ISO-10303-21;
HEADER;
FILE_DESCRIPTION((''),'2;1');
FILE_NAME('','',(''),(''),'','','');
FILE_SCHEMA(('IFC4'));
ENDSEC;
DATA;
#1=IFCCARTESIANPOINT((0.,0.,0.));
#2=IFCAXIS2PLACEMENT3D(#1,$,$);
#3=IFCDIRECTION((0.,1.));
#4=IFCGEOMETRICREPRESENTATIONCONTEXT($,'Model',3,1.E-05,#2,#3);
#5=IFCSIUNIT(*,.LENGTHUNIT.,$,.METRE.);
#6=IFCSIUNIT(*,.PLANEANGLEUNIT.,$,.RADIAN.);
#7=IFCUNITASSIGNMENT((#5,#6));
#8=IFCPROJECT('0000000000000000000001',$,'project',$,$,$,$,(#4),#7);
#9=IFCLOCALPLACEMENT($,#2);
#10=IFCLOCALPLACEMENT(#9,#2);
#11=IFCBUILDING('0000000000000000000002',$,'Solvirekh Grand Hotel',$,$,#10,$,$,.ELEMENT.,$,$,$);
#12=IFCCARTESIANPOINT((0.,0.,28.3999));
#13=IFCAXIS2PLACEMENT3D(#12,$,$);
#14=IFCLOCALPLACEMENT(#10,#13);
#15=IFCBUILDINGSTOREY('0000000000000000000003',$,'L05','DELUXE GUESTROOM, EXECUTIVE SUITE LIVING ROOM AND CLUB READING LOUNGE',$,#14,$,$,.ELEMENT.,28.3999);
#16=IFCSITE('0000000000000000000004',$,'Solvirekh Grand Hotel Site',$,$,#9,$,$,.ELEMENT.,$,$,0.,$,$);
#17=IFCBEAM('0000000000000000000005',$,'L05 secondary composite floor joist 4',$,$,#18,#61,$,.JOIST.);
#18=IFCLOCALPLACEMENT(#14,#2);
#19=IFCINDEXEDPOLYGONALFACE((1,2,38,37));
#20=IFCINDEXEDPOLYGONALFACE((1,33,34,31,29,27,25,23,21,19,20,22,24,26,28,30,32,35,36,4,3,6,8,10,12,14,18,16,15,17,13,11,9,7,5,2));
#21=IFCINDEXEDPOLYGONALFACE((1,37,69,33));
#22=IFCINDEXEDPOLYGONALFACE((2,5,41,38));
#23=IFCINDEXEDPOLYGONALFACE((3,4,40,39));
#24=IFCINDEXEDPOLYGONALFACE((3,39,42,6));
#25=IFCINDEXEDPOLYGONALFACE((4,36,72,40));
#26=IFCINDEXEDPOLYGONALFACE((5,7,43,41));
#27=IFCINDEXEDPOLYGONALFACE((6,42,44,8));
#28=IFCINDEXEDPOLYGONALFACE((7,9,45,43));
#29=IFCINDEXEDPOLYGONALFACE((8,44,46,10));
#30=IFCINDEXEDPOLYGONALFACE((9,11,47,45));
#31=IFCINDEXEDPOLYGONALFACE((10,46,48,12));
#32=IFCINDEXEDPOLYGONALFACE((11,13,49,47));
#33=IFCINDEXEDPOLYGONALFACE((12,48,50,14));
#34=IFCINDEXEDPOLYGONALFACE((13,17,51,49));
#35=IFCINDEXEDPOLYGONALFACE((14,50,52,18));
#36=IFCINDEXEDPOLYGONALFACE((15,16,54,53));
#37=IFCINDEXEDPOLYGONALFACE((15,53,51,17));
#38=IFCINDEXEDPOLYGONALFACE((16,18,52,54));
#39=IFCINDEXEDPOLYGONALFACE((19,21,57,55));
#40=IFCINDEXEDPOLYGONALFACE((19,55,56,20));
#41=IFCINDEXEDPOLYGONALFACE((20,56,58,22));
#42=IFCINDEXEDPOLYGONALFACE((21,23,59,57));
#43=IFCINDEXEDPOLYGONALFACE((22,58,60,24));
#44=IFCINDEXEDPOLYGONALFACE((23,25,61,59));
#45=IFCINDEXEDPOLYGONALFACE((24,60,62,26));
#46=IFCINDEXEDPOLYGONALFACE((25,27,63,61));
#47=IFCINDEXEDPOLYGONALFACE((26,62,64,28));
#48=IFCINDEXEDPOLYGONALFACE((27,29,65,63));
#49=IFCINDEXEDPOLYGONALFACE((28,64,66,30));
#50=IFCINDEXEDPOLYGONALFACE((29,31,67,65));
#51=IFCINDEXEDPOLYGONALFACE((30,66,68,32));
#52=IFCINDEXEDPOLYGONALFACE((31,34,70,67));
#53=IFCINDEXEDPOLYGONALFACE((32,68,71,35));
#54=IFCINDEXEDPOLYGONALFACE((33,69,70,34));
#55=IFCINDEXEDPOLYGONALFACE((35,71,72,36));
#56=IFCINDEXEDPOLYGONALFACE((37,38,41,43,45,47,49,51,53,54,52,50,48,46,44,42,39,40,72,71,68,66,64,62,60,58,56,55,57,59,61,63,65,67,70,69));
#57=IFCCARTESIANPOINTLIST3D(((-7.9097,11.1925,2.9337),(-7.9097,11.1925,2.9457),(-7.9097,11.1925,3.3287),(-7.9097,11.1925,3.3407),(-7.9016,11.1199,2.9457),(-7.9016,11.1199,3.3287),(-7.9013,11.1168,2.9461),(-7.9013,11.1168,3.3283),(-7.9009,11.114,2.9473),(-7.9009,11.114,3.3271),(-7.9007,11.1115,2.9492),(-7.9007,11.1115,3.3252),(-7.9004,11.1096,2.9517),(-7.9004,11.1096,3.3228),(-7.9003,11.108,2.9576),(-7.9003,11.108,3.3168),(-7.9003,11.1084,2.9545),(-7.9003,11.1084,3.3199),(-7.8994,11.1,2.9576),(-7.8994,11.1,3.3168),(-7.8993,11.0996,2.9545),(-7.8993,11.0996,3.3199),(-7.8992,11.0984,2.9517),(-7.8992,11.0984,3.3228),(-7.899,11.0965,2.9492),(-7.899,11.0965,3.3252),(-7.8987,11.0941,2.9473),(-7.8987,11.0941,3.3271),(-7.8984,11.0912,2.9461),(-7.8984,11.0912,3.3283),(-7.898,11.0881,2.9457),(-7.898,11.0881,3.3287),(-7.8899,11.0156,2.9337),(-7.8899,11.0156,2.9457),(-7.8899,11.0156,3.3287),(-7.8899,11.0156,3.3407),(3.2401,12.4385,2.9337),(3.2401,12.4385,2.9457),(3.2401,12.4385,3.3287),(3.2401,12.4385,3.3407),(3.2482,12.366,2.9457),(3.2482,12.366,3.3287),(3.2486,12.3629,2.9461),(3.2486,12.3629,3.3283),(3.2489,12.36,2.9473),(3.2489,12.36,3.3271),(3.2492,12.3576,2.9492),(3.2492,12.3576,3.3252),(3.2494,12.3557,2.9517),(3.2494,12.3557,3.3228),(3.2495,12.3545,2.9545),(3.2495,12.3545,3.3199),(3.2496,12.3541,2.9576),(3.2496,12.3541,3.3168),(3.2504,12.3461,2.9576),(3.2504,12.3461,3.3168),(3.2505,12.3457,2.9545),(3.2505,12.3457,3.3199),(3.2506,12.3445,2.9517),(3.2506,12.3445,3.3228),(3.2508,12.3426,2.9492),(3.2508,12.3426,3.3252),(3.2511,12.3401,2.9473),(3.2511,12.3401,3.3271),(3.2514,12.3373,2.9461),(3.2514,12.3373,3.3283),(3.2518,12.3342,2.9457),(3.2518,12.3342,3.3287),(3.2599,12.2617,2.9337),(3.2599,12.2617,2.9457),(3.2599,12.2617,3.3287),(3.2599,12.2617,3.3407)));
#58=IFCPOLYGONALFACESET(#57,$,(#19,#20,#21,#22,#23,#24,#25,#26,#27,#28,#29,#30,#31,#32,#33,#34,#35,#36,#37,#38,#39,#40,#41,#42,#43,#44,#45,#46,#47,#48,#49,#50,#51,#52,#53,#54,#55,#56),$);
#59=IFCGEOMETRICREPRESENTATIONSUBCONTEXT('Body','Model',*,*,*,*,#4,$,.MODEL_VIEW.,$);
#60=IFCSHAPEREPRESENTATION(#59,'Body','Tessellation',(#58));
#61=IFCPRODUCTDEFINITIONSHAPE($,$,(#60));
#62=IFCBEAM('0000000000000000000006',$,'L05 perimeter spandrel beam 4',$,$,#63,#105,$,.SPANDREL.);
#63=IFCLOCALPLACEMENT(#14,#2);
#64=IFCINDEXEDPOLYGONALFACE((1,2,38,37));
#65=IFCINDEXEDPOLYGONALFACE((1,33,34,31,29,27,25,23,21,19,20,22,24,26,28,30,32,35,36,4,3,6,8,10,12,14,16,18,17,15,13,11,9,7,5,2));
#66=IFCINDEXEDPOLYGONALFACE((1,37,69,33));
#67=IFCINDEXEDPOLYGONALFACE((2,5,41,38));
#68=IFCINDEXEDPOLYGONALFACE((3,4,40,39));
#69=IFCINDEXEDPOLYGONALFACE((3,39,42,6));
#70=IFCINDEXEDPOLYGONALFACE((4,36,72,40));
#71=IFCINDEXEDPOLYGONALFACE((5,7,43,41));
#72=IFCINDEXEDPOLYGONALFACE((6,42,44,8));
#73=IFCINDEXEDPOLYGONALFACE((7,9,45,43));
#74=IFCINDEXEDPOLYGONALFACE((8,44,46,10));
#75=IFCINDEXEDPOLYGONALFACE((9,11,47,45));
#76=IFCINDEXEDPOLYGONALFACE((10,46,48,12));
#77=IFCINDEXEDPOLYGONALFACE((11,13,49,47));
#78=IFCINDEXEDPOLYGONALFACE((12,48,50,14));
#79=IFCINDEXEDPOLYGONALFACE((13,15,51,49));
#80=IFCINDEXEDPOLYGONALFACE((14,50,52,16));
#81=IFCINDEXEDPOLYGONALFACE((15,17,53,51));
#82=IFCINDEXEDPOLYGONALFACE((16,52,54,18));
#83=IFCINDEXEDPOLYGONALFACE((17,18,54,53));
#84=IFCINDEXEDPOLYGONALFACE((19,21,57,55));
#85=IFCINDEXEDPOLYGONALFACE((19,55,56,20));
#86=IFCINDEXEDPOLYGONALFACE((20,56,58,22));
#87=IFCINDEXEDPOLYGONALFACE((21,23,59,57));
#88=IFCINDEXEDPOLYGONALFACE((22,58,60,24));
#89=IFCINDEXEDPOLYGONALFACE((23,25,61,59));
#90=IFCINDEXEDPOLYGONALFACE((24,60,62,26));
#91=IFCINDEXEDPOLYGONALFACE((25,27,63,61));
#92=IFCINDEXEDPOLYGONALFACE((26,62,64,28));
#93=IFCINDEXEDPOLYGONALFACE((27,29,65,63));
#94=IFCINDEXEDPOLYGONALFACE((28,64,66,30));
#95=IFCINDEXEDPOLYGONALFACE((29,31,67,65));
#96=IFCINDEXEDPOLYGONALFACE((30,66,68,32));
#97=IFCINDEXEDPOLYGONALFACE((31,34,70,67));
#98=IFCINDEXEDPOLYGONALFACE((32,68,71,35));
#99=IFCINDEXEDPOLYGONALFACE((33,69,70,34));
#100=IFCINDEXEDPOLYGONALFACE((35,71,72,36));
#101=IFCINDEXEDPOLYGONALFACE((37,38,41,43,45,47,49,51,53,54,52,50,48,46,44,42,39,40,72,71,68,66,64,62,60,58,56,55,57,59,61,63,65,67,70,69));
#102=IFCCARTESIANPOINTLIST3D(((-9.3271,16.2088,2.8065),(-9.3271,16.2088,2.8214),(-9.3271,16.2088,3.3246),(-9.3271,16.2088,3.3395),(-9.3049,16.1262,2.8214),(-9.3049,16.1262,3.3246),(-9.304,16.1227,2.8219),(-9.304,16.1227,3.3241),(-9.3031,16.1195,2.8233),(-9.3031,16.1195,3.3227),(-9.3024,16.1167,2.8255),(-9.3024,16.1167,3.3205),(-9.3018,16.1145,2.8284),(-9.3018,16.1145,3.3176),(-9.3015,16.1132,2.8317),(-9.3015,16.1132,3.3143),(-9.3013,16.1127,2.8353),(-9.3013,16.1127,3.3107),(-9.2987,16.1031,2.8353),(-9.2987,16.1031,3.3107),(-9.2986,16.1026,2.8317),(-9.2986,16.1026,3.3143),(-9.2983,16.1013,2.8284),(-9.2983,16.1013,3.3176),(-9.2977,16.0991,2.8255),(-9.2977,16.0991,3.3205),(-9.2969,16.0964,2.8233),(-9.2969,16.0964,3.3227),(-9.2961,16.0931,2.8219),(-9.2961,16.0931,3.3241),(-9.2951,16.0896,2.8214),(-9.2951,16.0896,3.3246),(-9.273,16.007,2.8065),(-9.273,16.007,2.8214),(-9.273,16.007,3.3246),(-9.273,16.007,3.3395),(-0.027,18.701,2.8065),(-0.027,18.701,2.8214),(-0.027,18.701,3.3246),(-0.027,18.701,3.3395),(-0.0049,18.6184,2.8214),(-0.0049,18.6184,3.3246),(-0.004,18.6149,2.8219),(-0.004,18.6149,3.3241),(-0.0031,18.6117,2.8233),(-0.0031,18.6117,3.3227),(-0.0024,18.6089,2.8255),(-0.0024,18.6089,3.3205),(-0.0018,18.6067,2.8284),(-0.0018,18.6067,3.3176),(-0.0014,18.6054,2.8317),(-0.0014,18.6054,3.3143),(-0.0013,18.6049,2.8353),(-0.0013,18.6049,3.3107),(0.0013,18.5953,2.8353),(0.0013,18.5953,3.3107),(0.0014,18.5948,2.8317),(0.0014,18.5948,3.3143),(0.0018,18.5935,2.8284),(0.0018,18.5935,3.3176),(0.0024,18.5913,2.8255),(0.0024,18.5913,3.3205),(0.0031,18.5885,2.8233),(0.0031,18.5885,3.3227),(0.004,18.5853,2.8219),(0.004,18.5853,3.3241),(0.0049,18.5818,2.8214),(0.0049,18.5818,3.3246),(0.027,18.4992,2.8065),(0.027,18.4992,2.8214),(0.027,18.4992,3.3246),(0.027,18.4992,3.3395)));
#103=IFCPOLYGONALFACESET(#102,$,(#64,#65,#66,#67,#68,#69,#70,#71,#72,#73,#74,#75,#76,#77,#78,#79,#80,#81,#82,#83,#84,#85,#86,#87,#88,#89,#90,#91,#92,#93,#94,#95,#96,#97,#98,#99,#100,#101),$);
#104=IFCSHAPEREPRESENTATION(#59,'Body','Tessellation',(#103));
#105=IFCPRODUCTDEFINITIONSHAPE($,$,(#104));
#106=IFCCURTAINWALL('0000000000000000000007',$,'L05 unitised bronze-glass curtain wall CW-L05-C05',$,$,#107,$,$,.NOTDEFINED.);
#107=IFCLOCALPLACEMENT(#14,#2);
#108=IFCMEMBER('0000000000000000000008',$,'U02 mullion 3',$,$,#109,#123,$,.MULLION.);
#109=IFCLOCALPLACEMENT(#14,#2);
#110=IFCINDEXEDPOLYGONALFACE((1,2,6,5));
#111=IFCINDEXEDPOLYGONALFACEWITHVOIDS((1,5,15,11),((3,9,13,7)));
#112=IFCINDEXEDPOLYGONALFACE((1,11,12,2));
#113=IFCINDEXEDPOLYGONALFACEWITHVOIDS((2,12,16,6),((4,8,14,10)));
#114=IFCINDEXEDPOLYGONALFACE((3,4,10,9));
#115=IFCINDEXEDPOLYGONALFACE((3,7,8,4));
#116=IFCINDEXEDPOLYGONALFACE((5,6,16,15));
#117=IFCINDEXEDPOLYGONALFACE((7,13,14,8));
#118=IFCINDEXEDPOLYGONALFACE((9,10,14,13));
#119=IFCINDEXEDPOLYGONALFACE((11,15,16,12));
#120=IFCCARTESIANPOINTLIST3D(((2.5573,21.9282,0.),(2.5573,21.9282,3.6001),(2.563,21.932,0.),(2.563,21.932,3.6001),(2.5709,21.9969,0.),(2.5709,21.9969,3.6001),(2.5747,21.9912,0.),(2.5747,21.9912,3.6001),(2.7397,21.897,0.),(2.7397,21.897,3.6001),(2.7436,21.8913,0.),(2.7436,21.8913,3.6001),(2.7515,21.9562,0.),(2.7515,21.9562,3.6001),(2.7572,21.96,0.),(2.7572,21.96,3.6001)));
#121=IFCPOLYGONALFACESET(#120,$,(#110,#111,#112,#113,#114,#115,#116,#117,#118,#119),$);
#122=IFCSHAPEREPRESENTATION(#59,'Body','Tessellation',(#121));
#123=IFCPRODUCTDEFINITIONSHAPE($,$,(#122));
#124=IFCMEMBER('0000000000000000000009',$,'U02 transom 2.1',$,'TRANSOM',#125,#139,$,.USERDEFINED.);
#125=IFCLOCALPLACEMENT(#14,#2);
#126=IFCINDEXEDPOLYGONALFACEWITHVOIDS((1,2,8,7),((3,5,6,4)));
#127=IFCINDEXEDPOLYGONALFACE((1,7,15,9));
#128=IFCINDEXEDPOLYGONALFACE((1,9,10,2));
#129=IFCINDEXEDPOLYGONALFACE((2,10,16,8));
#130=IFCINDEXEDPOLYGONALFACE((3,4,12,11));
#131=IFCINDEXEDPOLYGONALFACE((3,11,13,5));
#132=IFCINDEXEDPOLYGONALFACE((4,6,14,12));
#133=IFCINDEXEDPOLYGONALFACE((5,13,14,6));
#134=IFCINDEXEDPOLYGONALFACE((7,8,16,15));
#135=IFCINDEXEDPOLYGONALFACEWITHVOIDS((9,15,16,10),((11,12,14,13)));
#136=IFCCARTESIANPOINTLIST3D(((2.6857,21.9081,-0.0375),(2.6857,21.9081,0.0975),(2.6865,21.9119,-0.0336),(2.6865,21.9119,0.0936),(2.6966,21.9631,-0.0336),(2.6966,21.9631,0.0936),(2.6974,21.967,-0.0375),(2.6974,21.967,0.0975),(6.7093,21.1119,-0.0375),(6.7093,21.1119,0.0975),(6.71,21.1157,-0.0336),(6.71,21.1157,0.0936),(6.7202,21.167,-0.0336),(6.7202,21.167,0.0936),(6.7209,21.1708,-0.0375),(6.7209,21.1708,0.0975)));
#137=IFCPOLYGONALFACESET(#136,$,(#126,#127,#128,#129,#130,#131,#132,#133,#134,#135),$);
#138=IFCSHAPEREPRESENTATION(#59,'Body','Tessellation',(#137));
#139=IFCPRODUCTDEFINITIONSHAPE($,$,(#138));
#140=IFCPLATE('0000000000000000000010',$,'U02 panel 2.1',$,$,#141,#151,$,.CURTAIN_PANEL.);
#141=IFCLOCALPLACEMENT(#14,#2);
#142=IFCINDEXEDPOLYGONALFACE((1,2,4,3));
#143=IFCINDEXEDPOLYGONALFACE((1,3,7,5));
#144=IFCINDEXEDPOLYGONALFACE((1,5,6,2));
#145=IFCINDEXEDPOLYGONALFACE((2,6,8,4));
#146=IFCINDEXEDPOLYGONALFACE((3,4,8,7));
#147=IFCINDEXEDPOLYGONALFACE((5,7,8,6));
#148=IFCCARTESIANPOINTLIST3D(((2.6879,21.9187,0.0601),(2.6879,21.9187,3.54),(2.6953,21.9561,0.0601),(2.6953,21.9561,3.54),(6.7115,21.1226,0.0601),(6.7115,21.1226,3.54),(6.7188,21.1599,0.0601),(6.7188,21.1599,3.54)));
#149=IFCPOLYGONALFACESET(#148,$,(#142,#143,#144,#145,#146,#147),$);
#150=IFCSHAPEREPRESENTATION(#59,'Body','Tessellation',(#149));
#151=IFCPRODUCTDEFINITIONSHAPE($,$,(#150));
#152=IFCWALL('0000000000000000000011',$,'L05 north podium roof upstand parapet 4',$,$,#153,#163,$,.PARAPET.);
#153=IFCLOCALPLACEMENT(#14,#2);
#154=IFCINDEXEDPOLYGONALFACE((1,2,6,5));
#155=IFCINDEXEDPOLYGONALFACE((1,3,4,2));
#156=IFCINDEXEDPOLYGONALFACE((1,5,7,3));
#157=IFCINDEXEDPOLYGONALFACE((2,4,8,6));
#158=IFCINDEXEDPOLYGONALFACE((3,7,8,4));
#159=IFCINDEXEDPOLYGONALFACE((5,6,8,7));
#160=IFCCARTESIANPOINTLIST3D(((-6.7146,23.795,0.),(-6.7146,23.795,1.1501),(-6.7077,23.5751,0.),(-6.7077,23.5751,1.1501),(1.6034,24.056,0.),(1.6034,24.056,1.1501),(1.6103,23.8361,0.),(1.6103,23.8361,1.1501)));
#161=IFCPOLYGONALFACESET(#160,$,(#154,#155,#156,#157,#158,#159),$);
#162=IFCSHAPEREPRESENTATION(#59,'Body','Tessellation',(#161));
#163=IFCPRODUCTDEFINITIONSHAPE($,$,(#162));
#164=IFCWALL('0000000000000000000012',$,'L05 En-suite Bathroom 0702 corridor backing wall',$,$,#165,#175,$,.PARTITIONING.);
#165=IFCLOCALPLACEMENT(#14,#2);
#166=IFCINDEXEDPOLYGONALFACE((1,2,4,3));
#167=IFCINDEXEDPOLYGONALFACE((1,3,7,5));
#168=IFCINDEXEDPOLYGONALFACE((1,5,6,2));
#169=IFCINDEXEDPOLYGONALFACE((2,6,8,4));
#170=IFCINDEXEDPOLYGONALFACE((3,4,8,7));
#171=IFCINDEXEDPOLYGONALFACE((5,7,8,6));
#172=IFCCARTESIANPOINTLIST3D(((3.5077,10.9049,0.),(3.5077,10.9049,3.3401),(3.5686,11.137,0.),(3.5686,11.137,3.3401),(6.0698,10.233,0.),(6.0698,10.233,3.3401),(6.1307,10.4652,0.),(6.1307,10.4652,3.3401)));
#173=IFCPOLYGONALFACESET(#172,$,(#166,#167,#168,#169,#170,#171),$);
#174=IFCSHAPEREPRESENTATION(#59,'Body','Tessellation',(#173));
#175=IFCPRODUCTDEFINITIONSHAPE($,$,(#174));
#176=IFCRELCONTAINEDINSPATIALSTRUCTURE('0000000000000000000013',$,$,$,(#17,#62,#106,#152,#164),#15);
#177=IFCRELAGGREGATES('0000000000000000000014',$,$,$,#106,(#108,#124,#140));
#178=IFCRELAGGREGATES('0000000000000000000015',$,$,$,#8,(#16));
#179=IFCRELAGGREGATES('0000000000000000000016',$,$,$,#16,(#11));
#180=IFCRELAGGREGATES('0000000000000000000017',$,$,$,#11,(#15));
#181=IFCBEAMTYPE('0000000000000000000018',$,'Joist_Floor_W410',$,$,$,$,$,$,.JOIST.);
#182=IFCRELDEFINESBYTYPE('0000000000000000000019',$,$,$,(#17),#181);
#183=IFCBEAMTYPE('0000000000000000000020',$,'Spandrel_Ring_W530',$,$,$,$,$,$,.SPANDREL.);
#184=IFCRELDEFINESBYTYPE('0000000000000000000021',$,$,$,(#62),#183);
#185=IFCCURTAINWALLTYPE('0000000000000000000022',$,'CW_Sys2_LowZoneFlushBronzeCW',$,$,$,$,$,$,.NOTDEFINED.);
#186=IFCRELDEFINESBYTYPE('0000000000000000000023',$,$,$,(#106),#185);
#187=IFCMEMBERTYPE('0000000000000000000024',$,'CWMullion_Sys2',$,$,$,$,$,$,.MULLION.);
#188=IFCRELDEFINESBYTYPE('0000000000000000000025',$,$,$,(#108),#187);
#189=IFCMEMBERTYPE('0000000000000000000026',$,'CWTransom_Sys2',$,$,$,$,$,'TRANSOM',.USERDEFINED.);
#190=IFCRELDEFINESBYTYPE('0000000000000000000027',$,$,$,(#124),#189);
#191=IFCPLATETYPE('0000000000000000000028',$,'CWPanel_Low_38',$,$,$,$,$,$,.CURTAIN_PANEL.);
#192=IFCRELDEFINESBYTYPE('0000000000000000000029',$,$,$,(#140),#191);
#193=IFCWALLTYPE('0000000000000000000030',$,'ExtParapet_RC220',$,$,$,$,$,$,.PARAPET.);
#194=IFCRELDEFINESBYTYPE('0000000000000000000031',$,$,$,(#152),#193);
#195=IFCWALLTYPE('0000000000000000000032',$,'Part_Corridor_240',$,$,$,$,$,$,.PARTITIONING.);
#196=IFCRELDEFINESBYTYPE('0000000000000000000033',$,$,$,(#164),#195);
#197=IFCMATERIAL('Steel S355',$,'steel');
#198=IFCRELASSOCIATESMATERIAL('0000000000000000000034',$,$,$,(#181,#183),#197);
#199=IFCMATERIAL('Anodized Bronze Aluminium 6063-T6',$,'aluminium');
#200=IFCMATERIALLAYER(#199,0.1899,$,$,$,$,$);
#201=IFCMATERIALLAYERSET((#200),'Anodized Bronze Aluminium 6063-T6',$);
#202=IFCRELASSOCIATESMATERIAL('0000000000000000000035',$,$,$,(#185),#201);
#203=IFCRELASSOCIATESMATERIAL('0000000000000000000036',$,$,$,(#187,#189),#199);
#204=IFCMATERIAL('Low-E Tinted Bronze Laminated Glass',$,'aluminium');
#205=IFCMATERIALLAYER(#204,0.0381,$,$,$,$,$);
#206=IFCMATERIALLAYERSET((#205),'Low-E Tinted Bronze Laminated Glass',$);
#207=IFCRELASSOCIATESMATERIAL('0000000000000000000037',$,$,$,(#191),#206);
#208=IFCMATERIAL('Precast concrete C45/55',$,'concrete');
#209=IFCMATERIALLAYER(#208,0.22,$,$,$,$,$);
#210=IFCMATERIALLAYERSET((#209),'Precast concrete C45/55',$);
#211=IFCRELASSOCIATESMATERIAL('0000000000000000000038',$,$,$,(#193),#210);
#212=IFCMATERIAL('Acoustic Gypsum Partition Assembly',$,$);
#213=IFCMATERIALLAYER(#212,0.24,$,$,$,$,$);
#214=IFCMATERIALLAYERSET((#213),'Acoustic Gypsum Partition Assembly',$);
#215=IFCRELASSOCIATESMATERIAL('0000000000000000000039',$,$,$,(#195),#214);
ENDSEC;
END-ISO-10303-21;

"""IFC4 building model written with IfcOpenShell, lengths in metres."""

from ifc_helpers import new_model, si_unit, direction, frame, frame_2d, origin, origin_2d, place, context, subcontext, project, spatial, rectangle, hollow_rectangle, i_section, extrude, source, transform, mapped, material, layer, layer_set, material_profile, profile_set, type_object, element, aggregate, save


model = new_model("IFC4")

# Units and contexts
model_context = context("Model", 3, precision=1e-05, world=origin(), true_north=direction((0.0, 1.0)))
body_context = subcontext(model_context, "Body", "Model", "MODEL_VIEW")
ifc_project = project(units=[si_unit("LENGTHUNIT", "METRE"), si_unit("PLANEANGLEUNIT", "RADIAN")], contexts=[model_context])

# Site, building, storey
site_placement = place(None, origin())
site = spatial("IfcSite", under=ifc_project, at=site_placement, Name="Solvirekh Grand Hotel Site", CompositionType="ELEMENT", RefElevation=0.0)
building_placement = place(site_placement, origin())
building = spatial("IfcBuilding", under=site, at=building_placement, Name="Solvirekh Grand Hotel", CompositionType="ELEMENT")
storey_placement = place(building_placement, frame((0.0, 0.0, 28.3999)))
storey = spatial("IfcBuildingStorey", under=building, at=storey_placement, Name="L05", Description="DELUXE GUESTROOM, EXECUTIVE SUITE LIVING ROOM AND CLUB READING LOUNGE", CompositionType="ELEMENT", Elevation=28.3999)

# Beams
ifc_material_1 = material(Name="Steel S355", Category="steel")
ifc_material_profile_1 = material_profile(ifc_material_1, i_section(OverallWidth=0.178, OverallDepth=0.407, WebThickness=0.0081, FlangeThickness=0.012, FilletRadius=0.012, at=origin_2d()), Name="W410X60")
ifc_profile_set_1 = profile_set([ifc_material_profile_1], Name="Steel S355")
beam_type_1 = type_object("IfcBeamType", Name="Joist_Floor_W410", PredefinedType="JOIST", material=ifc_profile_set_1)
beam_1_placement = place(storey_placement, frame((3.25, 12.3501, 3.1372), z_axis=(-0.993813, -0.111067, 0.0), x_axis=(0.111067, -0.993813, 0.0)))
element("IfcBeam", 1, at=beam_1_placement, inside=storey, type_object=beam_type_1, Name="L05 secondary composite floor joist 4", PredefinedType="JOIST", context=body_context, shape_type="SweptSolid", body=[
    extrude(i_section(OverallWidth=0.178, OverallDepth=0.407, WebThickness=0.0081, FlangeThickness=0.012, FilletRadius=0.012, at=origin_2d()), origin(), (0.0, 0.0, 1.0), 11.2192),
])
ifc_material_profile_2 = material_profile(ifc_material_1, i_section(OverallWidth=0.209, OverallDepth=0.533, WebThickness=0.01, FlangeThickness=0.0149, FilletRadius=0.0139, at=origin_2d()), Name="W530X92")
ifc_profile_set_2 = profile_set([ifc_material_profile_2], Name="Steel S355")
beam_type_2 = type_object("IfcBeamType", Name="Spandrel_Ring_W530", PredefinedType="SPANDREL", material=ifc_profile_set_2)
beam_2_placement = place(storey_placement, frame((0.0, 18.6001, 3.073), z_axis=(-0.965919, -0.258843, 0.0), x_axis=(0.258843, -0.965919, 0.0)))
element("IfcBeam", 2, at=beam_2_placement, inside=storey, type_object=beam_type_2, Name="L05 perimeter spandrel beam 4", PredefinedType="SPANDREL", context=body_context, shape_type="SweptSolid", body=[
    extrude(i_section(OverallWidth=0.209, OverallDepth=0.533, WebThickness=0.01, FlangeThickness=0.0149, FilletRadius=0.0139, at=origin_2d()), origin(), (0.0, 0.0, 1.0), 9.6282),
])

# Curtain wall, members, plate
ifc_material_2 = material(Name="Anodized Bronze Aluminium 6063-T6", Category="aluminium")
ifc_layer_1 = layer(ifc_material_2, 0.1899)
ifc_layer_set_1 = layer_set([ifc_layer_1], Name="Anodized Bronze Aluminium 6063-T6")
curtain_wall_type = type_object("IfcCurtainWallType", Name="CW_Sys2_LowZoneFlushBronzeCW", PredefinedType="NOTDEFINED", material=ifc_layer_set_1)
curtain_wall_placement = place(storey_placement, origin())
curtain_wall = element("IfcCurtainWall", 3, at=curtain_wall_placement, inside=storey, type_object=curtain_wall_type, Name="L05 unitised bronze-glass curtain wall CW-L05-C05", PredefinedType="NOTDEFINED")
ifc_material_profile_3 = material_profile(ifc_material_2, hollow_rectangle(XDim=0.0701, YDim=0.1899, WallThickness=0.0049, at=origin_2d()), Name="ALU RHS 190X70X5")
ifc_profile_set_3 = profile_set([ifc_material_profile_3], Name="Anodized Bronze Aluminium 6063-T6")
member_type_1 = type_object("IfcMemberType", Name="CWMullion_Sys2", PredefinedType="MULLION", material=ifc_profile_set_3)
shared_shape_1 = source(origin(), body_context, "Body", "SweptSolid", [
    extrude(hollow_rectangle(XDim=0.0701, YDim=0.1899, WallThickness=0.0049, at=origin_2d()), origin(), (0.0, 0.0, 1.0), 3.6001),
])
member_1_placement = place(storey_placement, frame((2.6572, 21.9441, 0.0), z_axis=(0.0, 0.0, 1.0), x_axis=(-0.194104, -0.980981, 0.0)))
member_1 = element("IfcMember", 4, at=member_1_placement, type_object=member_type_1, Name="U02 mullion 3", PredefinedType="MULLION", context=body_context, shape_type="MappedRepresentation", body=[
    mapped(shared_shape_1, transform((0.0, 0.0, 0.0), x_axis=(1.0, 0.0, 0.0), y_axis=(0.0, 1.0, 0.0), z_axis=(0.0, 0.0, 1.0), scale=1.0)),
])
ifc_material_profile_4 = material_profile(ifc_material_2, hollow_rectangle(XDim=0.0601, YDim=0.135, WallThickness=0.0039, at=origin_2d()), Name="ALU RHS 135X60X4")
ifc_profile_set_4 = profile_set([ifc_material_profile_4], Name="Anodized Bronze Aluminium 6063-T6")
member_type_2 = type_object("IfcMemberType", Name="CWTransom_Sys2", ElementType="TRANSOM", PredefinedType="USERDEFINED", material=ifc_profile_set_4)
shared_shape_2 = source(origin(), body_context, "Body", "SweptSolid", [
    extrude(hollow_rectangle(XDim=0.0601, YDim=0.135, WallThickness=0.0039, at=origin_2d()), origin(), (0.0, 0.0, 1.0), 4.1016),
])
member_2_placement = place(storey_placement, frame((6.7151, 21.1414, 0.03), z_axis=(-0.980979, 0.194112, 0.0), x_axis=(-0.194112, -0.980979, 0.0)))
member_2 = element("IfcMember", 5, at=member_2_placement, type_object=member_type_2, Name="U02 transom 2.1", ObjectType="TRANSOM", PredefinedType="USERDEFINED", context=body_context, shape_type="MappedRepresentation", body=[
    mapped(shared_shape_2, transform((0.0, 0.0, 0.0), x_axis=(1.0, 0.0, 0.0), y_axis=(0.0, 1.0, 0.0), z_axis=(0.0, 0.0, 1.0), scale=1.0)),
])
ifc_material_3 = material(Name="Low-E Tinted Bronze Laminated Glass", Category="aluminium")
ifc_layer_2 = layer(ifc_material_3, 0.0381)
ifc_layer_set_2 = layer_set([ifc_layer_2], Name="Low-E Tinted Bronze Laminated Glass")
plate_type = type_object("IfcPlateType", Name="CWPanel_Low_38", PredefinedType="CURTAIN_PANEL", material=ifc_layer_set_2)
shared_shape_3 = source(origin(), body_context, "Body", "SweptSolid", [
    extrude(rectangle(XDim=4.1016, YDim=0.0381, at=origin_2d()), origin(), (0.0, 0.0, 1.0), 3.48),
])
plate_placement = place(storey_placement, frame((4.7034, 21.5393, 0.0601), z_axis=(0.0, 0.0, 1.0), x_axis=(-0.980981, 0.194104, 0.0)))
plate = element("IfcPlate", 6, at=plate_placement, type_object=plate_type, Name="U02 panel 2.1", PredefinedType="CURTAIN_PANEL", context=body_context, shape_type="MappedRepresentation", body=[
    mapped(shared_shape_3, transform((0.0, 0.0, 0.0), x_axis=(1.0, 0.0, 0.0), y_axis=(0.0, 1.0, 0.0), z_axis=(0.0, 0.0, 1.0), scale=1.0)),
])
aggregate(curtain_wall, [member_1, member_2, plate])

# Walls
ifc_material_4 = material(Name="Precast concrete C45/55", Category="concrete")
ifc_layer_3 = layer(ifc_material_4, 0.22)
ifc_layer_set_3 = layer_set([ifc_layer_3], Name="Precast concrete C45/55")
wall_type_1 = type_object("IfcWallType", Name="ExtParapet_RC220", PredefinedType="PARAPET", material=ifc_layer_set_3)
wall_1_placement = place(storey_placement, frame((1.6069, 23.946, 0.0), z_axis=(0.0, 0.0, 1.0), x_axis=(-0.999508, -0.031361, 0.0)))
element("IfcWall", 7, at=wall_1_placement, inside=storey, type_object=wall_type_1, Name="L05 north podium roof upstand parapet 4", PredefinedType="PARAPET", context=body_context, shape_type="SweptSolid", body=[
    extrude(rectangle(XDim=8.322, YDim=0.22, at=frame_2d((4.1611, 0.0))), origin(), (0.0, 0.0, 1.0), 1.1501),
])
ifc_material_5 = material(Name="Acoustic Gypsum Partition Assembly")
ifc_layer_4 = layer(ifc_material_5, 0.24)
ifc_layer_set_4 = layer_set([ifc_layer_4], Name="Acoustic Gypsum Partition Assembly")
wall_type_2 = type_object("IfcWallType", Name="Part_Corridor_240", PredefinedType="PARTITIONING", material=ifc_layer_set_4)
wall_2_placement = place(storey_placement, frame((6.1001, 10.3491, 0.0), z_axis=(0.0, 0.0, 1.0), x_axis=(-0.967291, 0.253667, 0.0)))
element("IfcWall", 8, at=wall_2_placement, inside=storey, type_object=wall_type_2, Name="L05 En-suite Bathroom 0702 corridor backing wall", PredefinedType="PARTITIONING", context=body_context, shape_type="SweptSolid", body=[
    extrude(rectangle(XDim=2.6487, YDim=0.24, at=frame_2d((1.3242, 0.0))), origin(), (0.0, 0.0, 1.0), 3.3401),
])

save(model, "model.ifc")
